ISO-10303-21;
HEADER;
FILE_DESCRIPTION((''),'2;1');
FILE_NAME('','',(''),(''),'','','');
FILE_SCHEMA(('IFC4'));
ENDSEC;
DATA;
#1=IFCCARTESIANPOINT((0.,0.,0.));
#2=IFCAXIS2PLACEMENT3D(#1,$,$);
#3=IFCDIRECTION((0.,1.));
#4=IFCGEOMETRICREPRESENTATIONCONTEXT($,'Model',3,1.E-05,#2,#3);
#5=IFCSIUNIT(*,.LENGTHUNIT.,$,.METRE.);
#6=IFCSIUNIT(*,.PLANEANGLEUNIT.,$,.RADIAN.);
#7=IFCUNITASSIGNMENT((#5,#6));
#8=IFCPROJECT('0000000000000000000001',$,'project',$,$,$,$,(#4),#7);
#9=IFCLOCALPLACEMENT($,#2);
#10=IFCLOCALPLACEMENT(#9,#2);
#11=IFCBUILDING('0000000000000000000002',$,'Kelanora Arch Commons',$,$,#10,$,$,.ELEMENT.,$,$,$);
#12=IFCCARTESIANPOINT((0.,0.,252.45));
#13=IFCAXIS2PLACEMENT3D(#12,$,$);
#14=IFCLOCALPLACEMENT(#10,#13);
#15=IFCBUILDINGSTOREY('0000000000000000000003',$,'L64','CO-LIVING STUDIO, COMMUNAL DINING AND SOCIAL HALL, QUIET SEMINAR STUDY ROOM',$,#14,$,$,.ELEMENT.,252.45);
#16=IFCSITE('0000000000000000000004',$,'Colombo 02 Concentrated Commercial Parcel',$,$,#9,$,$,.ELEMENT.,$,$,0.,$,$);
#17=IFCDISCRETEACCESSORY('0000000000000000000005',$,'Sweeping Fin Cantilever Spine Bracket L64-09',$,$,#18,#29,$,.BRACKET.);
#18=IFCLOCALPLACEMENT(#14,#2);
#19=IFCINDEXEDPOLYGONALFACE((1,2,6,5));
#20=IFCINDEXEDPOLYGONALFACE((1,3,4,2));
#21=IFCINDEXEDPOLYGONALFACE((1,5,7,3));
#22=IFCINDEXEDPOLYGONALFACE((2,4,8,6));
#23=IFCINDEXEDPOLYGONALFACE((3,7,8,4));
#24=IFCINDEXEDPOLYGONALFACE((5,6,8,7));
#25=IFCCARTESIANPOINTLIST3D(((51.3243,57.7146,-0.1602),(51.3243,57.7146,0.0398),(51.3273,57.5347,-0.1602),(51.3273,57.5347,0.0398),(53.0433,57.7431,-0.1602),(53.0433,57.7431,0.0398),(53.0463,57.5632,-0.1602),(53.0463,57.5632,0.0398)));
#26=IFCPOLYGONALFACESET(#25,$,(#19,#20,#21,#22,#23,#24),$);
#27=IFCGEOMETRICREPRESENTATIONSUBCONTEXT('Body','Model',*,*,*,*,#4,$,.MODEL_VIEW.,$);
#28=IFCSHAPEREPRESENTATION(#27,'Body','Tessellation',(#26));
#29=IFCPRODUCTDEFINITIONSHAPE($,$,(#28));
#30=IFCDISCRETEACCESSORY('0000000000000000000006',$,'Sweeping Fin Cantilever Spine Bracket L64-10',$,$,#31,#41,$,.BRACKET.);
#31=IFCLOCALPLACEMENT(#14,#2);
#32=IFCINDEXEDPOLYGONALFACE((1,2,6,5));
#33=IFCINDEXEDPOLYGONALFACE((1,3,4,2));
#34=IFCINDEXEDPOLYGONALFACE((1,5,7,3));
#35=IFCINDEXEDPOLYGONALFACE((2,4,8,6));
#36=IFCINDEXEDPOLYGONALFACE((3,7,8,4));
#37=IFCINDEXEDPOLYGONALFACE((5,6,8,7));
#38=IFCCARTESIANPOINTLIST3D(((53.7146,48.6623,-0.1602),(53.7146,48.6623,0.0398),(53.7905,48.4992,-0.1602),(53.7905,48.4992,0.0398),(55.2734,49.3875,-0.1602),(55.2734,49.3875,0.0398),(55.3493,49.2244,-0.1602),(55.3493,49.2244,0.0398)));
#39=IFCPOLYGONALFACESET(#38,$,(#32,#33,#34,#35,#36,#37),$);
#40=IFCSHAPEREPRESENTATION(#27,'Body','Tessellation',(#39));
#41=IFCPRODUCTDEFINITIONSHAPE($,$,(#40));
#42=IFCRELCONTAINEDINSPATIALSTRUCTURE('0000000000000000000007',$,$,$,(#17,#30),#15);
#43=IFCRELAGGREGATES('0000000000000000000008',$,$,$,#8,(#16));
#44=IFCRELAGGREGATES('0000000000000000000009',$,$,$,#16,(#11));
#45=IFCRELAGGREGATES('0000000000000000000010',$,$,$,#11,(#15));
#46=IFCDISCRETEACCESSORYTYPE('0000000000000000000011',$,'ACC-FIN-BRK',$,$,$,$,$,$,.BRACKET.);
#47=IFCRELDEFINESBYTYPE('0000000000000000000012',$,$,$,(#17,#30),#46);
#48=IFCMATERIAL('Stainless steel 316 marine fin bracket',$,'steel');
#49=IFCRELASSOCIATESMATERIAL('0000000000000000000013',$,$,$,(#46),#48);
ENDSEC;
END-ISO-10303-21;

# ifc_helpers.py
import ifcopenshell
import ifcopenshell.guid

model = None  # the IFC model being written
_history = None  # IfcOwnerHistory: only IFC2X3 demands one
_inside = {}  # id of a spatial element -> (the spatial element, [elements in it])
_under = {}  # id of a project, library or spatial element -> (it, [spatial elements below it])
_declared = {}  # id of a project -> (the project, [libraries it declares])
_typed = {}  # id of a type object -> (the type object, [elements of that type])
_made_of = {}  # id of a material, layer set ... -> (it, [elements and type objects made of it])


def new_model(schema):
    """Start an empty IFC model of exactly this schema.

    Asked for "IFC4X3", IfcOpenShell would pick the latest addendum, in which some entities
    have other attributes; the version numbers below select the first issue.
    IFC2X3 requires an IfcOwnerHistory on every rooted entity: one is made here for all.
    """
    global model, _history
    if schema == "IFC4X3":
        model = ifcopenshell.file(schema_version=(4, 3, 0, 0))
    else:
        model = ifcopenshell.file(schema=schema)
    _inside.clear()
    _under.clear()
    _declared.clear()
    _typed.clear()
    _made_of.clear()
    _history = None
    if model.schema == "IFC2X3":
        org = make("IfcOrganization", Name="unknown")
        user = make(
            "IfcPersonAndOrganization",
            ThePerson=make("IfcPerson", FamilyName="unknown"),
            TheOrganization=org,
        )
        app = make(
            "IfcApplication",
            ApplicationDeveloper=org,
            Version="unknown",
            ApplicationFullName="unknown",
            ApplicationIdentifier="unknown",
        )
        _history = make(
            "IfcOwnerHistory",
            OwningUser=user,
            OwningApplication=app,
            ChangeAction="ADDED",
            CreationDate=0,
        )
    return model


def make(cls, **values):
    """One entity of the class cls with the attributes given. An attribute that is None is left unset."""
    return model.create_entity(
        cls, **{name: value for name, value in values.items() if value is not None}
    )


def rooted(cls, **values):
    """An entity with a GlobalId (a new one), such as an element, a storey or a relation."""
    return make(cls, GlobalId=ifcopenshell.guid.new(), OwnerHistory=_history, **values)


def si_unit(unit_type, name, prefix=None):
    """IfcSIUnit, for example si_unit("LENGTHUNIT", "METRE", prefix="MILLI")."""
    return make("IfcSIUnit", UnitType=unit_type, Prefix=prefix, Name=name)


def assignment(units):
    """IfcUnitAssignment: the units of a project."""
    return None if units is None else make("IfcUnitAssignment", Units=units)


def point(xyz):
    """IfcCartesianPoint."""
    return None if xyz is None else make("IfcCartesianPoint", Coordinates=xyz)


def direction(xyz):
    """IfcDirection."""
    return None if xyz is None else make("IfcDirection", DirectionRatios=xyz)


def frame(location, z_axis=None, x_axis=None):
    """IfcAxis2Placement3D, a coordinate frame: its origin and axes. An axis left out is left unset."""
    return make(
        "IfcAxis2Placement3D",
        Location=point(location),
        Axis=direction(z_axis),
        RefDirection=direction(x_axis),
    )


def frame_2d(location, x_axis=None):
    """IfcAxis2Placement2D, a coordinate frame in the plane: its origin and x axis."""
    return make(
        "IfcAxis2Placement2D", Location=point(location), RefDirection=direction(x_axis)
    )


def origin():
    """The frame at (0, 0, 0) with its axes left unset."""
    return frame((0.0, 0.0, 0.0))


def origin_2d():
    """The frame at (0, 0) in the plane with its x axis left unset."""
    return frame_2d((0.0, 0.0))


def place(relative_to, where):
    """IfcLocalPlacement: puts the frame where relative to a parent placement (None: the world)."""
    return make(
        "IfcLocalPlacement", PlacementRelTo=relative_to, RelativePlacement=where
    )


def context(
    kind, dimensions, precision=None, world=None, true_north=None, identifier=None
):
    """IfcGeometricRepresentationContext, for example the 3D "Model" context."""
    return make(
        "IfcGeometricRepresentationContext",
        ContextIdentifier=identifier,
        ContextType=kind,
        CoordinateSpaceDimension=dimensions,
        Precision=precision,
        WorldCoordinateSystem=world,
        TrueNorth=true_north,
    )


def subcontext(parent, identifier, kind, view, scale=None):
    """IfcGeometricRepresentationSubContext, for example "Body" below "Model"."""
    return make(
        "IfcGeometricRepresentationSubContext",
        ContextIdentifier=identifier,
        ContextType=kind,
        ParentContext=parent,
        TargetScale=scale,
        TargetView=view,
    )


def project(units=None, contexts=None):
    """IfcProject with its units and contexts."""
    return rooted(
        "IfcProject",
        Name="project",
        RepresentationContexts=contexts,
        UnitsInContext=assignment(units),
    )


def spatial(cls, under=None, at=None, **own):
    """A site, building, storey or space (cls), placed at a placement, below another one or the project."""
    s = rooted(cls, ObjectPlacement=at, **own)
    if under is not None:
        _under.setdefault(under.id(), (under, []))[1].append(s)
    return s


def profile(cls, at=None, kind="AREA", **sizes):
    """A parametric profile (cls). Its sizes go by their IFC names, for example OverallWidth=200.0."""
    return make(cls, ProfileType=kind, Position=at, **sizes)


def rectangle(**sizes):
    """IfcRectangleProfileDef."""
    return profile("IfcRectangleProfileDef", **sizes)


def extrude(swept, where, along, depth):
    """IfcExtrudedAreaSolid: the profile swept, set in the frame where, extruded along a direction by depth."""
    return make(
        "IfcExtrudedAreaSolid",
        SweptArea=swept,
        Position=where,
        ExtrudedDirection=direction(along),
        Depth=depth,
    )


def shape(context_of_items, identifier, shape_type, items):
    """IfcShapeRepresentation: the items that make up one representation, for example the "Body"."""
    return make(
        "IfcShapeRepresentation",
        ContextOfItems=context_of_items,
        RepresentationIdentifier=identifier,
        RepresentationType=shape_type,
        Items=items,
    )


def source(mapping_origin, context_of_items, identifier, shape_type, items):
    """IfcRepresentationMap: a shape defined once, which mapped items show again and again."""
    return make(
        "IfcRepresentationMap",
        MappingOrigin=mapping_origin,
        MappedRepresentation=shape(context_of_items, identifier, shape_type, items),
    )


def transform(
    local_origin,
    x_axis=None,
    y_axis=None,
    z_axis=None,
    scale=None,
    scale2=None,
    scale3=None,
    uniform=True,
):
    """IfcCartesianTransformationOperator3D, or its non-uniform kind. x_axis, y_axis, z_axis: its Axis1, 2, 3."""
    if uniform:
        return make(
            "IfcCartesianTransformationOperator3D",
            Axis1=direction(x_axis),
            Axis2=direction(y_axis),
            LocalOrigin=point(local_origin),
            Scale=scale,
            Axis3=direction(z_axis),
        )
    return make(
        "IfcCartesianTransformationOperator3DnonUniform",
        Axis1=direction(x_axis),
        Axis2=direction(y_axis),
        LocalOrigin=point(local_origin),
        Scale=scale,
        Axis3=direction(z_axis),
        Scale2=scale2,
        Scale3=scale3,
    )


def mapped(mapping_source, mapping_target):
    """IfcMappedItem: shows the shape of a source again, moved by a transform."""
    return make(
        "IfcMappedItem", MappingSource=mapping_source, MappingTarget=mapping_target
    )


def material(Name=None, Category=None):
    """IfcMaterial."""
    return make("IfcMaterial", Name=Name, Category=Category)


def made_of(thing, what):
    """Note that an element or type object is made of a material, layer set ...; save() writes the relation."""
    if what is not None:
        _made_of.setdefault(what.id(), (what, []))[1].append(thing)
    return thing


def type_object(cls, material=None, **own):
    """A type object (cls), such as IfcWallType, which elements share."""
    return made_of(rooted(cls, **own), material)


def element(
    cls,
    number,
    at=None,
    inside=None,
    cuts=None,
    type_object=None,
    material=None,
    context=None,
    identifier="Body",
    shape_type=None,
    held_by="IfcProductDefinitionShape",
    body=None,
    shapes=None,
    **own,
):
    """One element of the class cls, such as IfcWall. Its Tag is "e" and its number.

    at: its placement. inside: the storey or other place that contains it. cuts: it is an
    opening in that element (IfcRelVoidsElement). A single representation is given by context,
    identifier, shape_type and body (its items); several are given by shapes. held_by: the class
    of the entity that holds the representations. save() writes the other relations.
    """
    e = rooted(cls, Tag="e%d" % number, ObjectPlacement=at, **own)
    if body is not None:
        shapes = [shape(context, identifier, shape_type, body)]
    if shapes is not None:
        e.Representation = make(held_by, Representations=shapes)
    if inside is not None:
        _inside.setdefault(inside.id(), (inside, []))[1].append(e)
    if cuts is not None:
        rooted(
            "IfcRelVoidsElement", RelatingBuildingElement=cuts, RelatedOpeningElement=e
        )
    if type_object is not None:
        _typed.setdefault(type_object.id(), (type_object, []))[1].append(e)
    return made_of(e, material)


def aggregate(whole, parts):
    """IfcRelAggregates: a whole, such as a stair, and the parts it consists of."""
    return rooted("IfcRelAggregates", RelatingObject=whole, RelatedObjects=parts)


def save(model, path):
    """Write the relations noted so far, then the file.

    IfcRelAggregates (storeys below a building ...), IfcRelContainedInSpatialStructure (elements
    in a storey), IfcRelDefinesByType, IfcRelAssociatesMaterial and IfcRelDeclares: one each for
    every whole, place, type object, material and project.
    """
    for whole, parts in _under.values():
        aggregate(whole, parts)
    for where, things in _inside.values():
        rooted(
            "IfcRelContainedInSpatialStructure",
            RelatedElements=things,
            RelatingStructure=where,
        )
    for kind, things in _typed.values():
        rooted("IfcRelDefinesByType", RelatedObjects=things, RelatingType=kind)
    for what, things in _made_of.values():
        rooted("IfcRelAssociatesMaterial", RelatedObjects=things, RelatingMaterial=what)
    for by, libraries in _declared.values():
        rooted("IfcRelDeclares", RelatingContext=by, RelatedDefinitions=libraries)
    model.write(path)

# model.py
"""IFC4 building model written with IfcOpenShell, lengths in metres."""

from ifc_helpers import new_model, si_unit, direction, frame, origin, origin_2d, place, context, subcontext, project, spatial, rectangle, extrude, source, transform, mapped, material, type_object, element, save


model = new_model("IFC4")

# Units and contexts
model_context = context("Model", 3, precision=1e-05, world=origin(), true_north=direction((0.0, 1.0)))
body_context = subcontext(model_context, "Body", "Model", "MODEL_VIEW")
ifc_project = project(units=[si_unit("LENGTHUNIT", "METRE"), si_unit("PLANEANGLEUNIT", "RADIAN")], contexts=[model_context])

# Site, building, storey
site_placement = place(None, origin())
site = spatial("IfcSite", under=ifc_project, at=site_placement, Name="Colombo 02 Concentrated Commercial Parcel", CompositionType="ELEMENT", RefElevation=0.0)
building_placement = place(site_placement, origin())
building = spatial("IfcBuilding", under=site, at=building_placement, Name="Kelanora Arch Commons", CompositionType="ELEMENT")
storey_placement = place(building_placement, frame((0.0, 0.0, 252.45)))
storey = spatial("IfcBuildingStorey", under=building, at=storey_placement, Name="L64", Description="CO-LIVING STUDIO, COMMUNAL DINING AND SOCIAL HALL, QUIET SEMINAR STUDY ROOM", CompositionType="ELEMENT", Elevation=252.45)

# Discrete accessories
ifc_material_1 = material(Name="Stainless steel 316 marine fin bracket", Category="steel")
discrete_accessory_type = type_object("IfcDiscreteAccessoryType", Name="ACC-FIN-BRK", PredefinedType="BRACKET", material=ifc_material_1)
shared_shape_1 = source(origin(), body_context, "Body", "SweptSolid", [
    extrude(rectangle(XDim=1.7192, YDim=0.1799, at=origin_2d()), origin(), (0.0, 0.0, 1.0), 0.2),
])
for number, where, z_axis, x_axis, name in (
    (1, (52.1853, 57.6389, -0.1602), (0.0, 0.0, 1.0), (-0.999863, -0.01658, 0.0), "Sweeping Fin Cantilever Spine Bracket L64-09"),
    (2, (54.532, 48.9434, -0.1602), (0.0, 0.0, 1.0), (-0.906676, -0.421827, 0.0), "Sweeping Fin Cantilever Spine Bracket L64-10"),
):
    element("IfcDiscreteAccessory", number, at=place(storey_placement, frame(where, z_axis=z_axis, x_axis=x_axis)), inside=storey, type_object=discrete_accessory_type, Name=name, PredefinedType="BRACKET", context=body_context, shape_type="MappedRepresentation", body=[
        mapped(shared_shape_1, transform((0.0, 0.0, 0.0), scale=1.0)),
    ])

save(model, "model.ifc")
